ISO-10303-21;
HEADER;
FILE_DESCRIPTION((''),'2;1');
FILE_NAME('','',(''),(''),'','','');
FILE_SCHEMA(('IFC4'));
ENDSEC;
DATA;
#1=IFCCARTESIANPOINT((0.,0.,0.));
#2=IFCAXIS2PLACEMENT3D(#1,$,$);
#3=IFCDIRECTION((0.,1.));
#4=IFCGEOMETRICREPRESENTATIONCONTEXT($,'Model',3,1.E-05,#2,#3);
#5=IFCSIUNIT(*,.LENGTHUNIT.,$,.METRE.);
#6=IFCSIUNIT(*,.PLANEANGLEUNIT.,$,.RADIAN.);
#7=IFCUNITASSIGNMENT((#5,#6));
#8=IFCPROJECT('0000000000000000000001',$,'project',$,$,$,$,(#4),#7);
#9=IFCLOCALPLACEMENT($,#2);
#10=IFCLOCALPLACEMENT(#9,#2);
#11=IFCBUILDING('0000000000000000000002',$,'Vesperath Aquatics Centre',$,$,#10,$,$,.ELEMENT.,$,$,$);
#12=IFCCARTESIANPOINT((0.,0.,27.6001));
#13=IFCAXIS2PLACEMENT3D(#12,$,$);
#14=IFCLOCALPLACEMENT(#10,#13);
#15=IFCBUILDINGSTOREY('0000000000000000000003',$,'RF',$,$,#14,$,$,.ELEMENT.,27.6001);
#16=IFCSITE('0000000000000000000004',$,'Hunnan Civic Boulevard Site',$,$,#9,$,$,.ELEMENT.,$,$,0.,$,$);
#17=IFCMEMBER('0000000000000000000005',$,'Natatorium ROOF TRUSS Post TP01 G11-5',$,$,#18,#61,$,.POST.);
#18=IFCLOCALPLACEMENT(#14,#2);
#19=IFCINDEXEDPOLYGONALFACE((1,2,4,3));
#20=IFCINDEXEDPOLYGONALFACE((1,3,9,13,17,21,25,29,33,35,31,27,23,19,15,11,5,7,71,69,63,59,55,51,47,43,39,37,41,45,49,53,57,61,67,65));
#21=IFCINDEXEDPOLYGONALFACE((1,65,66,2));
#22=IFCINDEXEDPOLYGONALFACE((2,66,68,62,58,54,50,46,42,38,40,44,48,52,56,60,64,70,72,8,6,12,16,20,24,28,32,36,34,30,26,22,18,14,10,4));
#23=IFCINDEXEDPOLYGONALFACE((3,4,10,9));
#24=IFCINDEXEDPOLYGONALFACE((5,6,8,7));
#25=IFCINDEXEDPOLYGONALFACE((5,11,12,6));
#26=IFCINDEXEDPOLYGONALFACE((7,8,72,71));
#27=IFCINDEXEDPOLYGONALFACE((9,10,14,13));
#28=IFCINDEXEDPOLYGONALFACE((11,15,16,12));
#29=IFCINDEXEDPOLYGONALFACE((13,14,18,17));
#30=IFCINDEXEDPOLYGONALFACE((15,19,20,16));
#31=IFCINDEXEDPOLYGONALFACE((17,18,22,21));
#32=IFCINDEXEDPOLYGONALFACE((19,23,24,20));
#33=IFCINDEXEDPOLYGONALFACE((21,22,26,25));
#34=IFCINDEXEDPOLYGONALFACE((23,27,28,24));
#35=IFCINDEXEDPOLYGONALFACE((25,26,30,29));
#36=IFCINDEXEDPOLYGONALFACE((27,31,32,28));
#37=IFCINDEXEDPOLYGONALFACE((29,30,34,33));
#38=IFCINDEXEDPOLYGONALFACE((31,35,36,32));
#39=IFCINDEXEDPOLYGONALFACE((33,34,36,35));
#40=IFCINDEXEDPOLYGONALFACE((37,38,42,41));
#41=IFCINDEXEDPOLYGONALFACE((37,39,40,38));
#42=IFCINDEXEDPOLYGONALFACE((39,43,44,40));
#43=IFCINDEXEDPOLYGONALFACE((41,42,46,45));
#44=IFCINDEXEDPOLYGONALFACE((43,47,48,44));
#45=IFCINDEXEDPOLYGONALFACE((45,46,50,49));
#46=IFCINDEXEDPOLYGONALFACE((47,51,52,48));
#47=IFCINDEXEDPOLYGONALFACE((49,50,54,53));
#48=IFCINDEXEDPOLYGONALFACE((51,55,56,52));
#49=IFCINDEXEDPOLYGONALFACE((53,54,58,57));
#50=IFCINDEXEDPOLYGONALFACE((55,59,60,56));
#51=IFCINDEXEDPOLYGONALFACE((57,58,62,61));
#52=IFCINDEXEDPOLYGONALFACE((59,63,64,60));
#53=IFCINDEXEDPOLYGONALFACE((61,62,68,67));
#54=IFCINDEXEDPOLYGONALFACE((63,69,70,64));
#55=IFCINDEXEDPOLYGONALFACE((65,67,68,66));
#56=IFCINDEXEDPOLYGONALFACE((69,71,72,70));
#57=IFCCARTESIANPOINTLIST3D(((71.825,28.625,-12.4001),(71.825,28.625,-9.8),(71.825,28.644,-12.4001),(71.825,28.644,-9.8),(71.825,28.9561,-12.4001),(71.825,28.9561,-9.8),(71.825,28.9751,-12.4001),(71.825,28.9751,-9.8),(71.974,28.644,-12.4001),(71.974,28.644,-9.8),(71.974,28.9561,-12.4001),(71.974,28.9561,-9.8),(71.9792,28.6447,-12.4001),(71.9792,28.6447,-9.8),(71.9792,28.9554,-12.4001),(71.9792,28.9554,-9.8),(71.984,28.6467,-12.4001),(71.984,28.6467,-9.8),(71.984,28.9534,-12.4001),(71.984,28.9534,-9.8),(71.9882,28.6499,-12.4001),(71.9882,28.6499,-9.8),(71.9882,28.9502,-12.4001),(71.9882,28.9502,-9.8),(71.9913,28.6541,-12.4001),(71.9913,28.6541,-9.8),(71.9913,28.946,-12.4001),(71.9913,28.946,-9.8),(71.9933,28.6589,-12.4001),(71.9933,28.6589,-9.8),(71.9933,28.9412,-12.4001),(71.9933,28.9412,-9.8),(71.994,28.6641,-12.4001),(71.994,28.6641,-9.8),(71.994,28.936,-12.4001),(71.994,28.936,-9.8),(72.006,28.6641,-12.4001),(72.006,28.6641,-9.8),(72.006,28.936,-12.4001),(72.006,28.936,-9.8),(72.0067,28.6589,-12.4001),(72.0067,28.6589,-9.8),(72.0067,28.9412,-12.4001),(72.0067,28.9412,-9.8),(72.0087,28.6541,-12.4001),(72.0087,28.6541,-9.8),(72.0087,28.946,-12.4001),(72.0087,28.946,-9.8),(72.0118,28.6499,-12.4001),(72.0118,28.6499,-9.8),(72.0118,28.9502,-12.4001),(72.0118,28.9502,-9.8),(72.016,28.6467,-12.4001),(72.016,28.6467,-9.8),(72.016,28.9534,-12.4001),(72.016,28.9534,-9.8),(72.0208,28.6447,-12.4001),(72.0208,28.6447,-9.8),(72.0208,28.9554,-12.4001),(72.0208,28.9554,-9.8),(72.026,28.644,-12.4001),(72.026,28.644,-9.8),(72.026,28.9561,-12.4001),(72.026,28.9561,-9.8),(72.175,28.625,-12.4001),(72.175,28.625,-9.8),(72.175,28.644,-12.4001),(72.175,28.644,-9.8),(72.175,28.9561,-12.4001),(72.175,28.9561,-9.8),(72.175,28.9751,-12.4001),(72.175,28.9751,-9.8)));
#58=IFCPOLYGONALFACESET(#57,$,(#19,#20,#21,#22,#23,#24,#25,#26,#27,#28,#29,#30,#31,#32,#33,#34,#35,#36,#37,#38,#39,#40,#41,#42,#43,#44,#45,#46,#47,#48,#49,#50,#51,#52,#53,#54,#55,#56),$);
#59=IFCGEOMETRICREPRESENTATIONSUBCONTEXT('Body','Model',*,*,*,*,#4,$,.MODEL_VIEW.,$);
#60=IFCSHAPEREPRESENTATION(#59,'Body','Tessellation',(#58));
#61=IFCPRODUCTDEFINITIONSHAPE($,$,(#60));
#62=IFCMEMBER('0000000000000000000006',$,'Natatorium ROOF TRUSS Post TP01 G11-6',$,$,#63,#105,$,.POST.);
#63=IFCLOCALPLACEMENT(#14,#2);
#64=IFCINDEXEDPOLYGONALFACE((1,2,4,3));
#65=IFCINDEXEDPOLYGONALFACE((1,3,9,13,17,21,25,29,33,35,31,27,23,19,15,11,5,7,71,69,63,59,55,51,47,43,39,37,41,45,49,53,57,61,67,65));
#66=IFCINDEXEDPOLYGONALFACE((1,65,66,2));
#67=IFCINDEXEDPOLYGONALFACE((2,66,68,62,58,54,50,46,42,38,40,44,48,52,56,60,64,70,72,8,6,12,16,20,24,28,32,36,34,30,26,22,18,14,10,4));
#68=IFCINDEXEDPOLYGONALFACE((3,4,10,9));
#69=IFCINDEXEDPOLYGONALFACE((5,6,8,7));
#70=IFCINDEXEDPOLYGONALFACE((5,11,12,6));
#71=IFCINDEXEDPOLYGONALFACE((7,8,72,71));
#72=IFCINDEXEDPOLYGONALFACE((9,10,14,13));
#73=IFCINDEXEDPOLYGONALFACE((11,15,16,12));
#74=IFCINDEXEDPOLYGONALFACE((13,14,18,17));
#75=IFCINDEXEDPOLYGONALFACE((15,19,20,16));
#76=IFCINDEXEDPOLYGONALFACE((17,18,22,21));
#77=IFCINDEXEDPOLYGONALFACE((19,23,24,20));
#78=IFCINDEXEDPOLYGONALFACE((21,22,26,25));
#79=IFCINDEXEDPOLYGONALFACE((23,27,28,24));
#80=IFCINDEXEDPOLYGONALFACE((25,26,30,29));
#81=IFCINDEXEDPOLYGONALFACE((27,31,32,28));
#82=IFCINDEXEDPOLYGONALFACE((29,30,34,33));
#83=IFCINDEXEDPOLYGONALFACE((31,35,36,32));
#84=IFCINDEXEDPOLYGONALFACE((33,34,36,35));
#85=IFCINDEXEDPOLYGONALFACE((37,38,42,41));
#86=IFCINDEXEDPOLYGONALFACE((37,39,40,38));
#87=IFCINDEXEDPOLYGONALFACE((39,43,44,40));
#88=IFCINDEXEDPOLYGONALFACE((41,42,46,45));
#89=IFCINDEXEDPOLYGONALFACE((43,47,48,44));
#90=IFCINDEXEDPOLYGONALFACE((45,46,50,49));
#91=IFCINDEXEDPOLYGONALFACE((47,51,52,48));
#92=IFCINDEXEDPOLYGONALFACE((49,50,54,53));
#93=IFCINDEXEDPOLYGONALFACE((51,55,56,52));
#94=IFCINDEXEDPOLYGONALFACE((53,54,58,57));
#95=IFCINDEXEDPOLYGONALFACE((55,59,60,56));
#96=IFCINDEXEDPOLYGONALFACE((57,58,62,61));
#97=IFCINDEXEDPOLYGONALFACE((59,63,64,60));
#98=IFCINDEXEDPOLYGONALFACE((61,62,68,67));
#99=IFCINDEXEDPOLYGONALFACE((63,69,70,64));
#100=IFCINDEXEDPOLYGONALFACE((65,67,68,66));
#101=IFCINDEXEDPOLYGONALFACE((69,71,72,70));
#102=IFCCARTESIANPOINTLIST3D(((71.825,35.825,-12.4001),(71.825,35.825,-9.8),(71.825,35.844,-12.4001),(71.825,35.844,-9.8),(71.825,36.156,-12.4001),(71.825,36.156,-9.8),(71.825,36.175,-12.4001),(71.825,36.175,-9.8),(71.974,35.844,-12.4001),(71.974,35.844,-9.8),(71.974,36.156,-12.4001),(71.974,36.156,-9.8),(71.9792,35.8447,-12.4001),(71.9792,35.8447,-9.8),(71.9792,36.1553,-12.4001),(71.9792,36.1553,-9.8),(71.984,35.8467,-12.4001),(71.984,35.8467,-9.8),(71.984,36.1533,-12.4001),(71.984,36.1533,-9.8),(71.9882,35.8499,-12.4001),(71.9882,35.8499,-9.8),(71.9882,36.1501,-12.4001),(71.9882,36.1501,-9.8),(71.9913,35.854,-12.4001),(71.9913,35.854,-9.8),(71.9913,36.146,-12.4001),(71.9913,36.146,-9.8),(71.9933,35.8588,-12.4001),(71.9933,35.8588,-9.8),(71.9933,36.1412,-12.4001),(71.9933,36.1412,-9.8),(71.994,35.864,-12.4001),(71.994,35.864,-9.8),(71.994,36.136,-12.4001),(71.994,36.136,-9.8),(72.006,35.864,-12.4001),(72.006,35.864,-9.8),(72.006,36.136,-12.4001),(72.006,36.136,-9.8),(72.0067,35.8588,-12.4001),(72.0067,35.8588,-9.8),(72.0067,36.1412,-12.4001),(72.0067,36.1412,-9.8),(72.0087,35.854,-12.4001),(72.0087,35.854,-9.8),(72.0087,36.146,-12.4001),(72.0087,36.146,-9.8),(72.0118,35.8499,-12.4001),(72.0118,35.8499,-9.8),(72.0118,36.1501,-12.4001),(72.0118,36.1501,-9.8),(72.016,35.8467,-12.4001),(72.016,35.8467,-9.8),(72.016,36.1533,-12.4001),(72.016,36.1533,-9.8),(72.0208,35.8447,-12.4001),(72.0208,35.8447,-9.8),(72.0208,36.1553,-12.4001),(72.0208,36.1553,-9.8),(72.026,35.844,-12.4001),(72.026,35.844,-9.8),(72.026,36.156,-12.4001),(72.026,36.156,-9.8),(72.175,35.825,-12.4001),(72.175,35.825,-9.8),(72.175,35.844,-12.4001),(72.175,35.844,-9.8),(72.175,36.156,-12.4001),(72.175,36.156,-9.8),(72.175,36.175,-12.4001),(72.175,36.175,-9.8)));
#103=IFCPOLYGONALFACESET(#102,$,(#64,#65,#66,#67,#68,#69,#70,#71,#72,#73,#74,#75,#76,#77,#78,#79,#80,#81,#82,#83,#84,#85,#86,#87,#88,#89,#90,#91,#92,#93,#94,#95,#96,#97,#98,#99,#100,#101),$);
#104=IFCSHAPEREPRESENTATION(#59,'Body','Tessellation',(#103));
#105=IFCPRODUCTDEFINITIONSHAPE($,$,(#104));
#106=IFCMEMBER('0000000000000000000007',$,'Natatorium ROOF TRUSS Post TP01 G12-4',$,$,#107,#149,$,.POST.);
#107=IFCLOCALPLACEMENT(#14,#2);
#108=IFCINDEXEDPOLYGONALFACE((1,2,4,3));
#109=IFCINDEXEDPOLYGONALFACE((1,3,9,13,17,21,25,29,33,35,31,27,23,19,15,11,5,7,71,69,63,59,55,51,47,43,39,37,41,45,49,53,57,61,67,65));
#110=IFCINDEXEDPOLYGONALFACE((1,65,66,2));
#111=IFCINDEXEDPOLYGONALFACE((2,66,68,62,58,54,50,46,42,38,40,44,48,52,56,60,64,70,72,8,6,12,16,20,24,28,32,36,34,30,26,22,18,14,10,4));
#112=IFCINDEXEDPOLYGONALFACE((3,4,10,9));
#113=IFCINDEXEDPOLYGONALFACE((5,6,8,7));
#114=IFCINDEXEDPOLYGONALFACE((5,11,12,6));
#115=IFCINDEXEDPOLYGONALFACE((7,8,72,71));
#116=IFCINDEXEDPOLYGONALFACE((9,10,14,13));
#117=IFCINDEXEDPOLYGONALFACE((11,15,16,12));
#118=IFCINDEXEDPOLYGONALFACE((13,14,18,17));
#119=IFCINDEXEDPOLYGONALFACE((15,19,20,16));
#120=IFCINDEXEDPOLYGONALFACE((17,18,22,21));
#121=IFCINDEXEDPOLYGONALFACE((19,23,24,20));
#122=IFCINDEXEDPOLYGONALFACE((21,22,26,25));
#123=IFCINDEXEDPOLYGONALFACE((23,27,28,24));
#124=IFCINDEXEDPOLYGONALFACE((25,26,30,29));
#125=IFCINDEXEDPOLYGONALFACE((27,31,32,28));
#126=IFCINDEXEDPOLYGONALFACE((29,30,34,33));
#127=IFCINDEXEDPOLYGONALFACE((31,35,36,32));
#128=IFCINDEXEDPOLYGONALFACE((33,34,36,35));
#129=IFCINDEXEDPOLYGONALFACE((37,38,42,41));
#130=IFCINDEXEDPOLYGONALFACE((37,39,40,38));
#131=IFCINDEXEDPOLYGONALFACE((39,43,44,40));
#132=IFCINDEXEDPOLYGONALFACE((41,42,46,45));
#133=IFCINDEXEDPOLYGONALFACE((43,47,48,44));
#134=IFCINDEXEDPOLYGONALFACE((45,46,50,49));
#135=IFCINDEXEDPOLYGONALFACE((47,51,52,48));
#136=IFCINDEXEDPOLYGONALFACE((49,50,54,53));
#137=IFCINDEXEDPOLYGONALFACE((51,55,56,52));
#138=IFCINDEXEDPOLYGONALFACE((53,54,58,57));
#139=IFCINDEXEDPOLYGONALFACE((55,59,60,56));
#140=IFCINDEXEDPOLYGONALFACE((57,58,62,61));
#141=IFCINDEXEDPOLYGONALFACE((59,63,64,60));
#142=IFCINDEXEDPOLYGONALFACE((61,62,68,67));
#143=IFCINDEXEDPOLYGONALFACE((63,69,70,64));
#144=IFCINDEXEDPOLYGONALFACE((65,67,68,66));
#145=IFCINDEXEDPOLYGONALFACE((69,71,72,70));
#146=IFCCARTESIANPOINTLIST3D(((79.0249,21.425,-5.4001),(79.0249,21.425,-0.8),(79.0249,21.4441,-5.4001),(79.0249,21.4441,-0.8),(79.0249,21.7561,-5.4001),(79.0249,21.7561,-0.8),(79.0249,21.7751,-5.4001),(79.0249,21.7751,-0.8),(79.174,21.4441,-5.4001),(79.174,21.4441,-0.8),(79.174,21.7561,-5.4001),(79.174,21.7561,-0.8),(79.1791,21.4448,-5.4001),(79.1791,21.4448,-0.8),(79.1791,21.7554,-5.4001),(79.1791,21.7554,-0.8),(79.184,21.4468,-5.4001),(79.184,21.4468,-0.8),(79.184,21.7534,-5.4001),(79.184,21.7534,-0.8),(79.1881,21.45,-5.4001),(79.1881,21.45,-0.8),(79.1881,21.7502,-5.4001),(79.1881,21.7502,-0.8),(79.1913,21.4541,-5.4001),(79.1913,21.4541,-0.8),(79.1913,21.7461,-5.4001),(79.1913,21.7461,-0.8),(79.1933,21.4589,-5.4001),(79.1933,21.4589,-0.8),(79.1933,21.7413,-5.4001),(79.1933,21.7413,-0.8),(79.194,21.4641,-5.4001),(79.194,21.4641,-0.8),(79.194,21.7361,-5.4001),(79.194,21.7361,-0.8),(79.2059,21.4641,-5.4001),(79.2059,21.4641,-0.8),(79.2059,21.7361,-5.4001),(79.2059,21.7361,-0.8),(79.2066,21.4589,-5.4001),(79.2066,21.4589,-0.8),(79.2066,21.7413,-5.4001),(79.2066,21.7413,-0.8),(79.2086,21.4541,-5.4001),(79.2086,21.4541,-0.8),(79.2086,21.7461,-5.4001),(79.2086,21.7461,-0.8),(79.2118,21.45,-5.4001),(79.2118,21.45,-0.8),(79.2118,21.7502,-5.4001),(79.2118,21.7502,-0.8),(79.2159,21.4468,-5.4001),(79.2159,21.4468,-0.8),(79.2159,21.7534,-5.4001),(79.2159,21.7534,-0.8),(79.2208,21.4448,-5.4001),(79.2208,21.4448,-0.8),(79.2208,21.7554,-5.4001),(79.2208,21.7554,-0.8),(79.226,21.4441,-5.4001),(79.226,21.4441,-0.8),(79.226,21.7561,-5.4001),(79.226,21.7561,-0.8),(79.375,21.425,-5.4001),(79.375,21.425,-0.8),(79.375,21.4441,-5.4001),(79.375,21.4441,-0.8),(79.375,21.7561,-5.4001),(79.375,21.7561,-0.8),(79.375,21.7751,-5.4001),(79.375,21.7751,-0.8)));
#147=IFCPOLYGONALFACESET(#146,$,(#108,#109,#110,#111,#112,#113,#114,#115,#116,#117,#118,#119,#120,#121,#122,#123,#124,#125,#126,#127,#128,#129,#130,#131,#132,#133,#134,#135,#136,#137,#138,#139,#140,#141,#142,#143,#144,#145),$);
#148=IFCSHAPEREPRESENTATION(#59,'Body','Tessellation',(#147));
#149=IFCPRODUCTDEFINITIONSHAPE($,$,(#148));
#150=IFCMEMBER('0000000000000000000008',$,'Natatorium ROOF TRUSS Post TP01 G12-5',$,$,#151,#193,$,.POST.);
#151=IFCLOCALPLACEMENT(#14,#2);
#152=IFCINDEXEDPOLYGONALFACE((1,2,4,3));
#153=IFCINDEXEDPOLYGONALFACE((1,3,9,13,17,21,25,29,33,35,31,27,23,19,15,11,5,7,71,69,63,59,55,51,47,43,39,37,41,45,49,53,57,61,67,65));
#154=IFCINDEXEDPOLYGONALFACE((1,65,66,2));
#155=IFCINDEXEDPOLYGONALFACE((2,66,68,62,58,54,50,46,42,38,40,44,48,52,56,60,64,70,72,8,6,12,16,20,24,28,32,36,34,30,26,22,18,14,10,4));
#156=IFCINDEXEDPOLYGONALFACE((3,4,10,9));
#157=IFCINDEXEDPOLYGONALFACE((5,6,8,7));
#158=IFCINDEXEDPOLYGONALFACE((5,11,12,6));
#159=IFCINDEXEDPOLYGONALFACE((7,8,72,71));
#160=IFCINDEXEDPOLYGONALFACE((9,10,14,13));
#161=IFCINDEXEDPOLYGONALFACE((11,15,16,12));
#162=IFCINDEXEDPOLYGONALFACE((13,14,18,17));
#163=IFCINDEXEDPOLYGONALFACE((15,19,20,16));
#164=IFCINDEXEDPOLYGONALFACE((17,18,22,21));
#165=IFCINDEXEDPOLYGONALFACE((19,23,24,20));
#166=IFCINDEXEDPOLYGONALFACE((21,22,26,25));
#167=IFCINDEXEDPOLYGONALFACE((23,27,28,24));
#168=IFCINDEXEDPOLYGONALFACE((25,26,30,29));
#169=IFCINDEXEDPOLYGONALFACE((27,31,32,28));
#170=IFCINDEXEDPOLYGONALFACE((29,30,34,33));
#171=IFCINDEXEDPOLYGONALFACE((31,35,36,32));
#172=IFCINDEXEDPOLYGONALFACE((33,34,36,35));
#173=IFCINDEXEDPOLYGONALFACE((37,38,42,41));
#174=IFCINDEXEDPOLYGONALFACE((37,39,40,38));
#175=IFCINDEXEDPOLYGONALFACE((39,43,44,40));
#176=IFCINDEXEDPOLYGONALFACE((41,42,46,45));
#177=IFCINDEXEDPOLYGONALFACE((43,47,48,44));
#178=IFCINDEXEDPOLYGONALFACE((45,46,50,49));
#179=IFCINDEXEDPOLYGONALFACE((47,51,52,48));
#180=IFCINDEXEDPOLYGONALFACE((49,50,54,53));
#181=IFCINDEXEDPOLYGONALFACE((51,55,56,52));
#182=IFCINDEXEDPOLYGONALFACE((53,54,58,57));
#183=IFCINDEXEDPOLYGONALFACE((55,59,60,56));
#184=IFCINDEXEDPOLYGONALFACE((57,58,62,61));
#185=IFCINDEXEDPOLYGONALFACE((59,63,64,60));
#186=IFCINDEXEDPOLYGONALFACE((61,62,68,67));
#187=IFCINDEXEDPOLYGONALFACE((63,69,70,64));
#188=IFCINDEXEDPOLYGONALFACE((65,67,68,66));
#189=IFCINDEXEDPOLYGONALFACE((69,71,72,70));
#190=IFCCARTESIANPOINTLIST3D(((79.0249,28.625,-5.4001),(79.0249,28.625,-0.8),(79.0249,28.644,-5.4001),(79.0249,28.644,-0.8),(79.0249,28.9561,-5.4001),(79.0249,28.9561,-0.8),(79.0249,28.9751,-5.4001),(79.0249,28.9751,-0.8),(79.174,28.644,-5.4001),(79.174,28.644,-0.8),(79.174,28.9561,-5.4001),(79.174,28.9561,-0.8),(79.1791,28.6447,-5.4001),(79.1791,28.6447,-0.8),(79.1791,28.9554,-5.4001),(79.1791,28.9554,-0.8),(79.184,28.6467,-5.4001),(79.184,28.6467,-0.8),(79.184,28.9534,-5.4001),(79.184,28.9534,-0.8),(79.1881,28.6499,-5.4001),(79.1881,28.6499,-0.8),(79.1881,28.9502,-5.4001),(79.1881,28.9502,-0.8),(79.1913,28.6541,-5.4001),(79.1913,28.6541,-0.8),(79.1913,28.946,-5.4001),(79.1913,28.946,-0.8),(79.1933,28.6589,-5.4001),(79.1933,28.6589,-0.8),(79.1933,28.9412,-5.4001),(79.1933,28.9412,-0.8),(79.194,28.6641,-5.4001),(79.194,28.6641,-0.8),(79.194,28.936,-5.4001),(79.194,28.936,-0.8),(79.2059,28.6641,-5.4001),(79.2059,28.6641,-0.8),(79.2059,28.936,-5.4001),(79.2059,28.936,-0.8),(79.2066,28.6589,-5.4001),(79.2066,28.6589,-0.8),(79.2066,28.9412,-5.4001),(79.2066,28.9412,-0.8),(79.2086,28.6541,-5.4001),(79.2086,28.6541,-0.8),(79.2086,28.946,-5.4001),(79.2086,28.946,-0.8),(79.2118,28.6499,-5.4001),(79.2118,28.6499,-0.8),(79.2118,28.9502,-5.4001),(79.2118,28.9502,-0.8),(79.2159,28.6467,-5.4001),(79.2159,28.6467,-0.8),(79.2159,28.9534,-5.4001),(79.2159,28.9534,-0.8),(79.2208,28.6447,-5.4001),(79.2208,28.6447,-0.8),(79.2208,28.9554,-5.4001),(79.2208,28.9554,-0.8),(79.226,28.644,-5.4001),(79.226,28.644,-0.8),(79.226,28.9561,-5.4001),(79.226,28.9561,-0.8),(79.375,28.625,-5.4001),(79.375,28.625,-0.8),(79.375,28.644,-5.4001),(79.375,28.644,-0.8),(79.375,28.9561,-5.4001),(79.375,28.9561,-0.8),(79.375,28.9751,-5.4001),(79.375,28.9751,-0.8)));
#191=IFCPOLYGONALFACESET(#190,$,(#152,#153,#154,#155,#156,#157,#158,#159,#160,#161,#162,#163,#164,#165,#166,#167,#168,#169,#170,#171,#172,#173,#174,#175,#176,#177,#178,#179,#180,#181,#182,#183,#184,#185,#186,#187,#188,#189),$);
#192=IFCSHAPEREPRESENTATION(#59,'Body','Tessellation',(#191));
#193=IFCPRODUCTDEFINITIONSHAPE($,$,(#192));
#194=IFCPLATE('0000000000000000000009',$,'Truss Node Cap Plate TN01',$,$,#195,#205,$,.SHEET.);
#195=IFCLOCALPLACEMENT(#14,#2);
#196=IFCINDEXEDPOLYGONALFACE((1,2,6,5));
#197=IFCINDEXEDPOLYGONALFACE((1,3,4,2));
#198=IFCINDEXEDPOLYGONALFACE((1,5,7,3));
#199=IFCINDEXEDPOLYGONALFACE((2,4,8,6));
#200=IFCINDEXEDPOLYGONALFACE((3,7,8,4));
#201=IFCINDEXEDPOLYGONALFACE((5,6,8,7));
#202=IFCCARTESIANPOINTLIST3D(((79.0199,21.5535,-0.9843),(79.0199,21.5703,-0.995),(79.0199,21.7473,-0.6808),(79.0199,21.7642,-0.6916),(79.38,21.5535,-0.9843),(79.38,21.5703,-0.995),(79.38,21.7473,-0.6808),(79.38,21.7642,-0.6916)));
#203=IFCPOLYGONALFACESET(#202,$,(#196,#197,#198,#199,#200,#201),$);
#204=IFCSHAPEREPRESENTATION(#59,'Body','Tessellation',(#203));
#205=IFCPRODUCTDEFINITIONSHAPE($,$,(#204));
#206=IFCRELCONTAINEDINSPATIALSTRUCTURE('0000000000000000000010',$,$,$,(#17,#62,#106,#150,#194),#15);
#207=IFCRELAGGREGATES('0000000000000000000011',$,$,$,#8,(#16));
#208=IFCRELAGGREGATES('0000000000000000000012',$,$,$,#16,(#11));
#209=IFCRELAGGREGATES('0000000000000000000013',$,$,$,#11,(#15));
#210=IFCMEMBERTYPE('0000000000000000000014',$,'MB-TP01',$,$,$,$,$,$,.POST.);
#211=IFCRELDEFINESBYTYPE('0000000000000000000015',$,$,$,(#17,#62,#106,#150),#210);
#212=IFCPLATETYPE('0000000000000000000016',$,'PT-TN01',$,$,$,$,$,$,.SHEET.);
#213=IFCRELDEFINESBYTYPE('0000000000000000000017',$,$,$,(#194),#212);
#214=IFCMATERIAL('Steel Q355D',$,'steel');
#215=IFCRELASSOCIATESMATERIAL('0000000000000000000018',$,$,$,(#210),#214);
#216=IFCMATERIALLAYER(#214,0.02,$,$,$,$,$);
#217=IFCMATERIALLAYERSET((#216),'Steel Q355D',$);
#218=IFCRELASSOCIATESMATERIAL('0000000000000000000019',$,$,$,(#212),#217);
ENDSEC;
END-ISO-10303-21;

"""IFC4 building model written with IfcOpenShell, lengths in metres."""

from ifc_helpers import new_model, si_unit, direction, frame, origin, origin_2d, place, context, subcontext, project, spatial, rectangle, i_section, extrude, material, layer, layer_set, material_profile, profile_set, type_object, element, save


model = new_model("IFC4")

# Units and contexts
model_context = context("Model", 3, precision=1e-05, world=origin(), true_north=direction((0.0, 1.0)))
body_context = subcontext(model_context, "Body", "Model", "MODEL_VIEW")
ifc_project = project(units=[si_unit("LENGTHUNIT", "METRE"), si_unit("PLANEANGLEUNIT", "RADIAN")], contexts=[model_context])

# Site, building, storey
site_placement = place(None, origin())
site = spatial("IfcSite", under=ifc_project, at=site_placement, Name="Hunnan Civic Boulevard Site", CompositionType="ELEMENT", RefElevation=0.0)
building_placement = place(site_placement, origin())
building = spatial("IfcBuilding", under=site, at=building_placement, Name="Vesperath Aquatics Centre", CompositionType="ELEMENT")
storey_placement = place(building_placement, frame((0.0, 0.0, 27.6001)))
storey = spatial("IfcBuildingStorey", under=building, at=storey_placement, Name="RF", CompositionType="ELEMENT", Elevation=27.6001)

# Members
ifc_material_1 = material(Name="Steel Q355D", Category="steel")
ifc_material_profile_1 = material_profile(ifc_material_1, i_section(OverallWidth=0.3501, OverallDepth=0.3501, WebThickness=0.012, FlangeThickness=0.019, FilletRadius=0.02, at=origin_2d()), Name="HW 350x350x12x19")
ifc_profile_set_1 = profile_set([ifc_material_profile_1], Name="Steel Q355D")
member_type_1 = type_object("IfcMemberType", Name="MB-TP01", PredefinedType="POST", material=ifc_profile_set_1)
for number, where, z_axis, x_axis, name in (
    (1, (72.0, 28.8, -12.4001), (0.0, 0.0, 1.0), (1.0, 0.0, 0.0), "Natatorium ROOF TRUSS Post TP01 G11-5"),
    (2, (72.0, 36.0, -12.4001), (0.0, 0.0, 1.0), (1.0, 0.0, 0.0), "Natatorium ROOF TRUSS Post TP01 G11-6"),
):
    element("IfcMember", number, at=place(storey_placement, frame(where, z_axis=z_axis, x_axis=x_axis)), inside=storey, type_object=member_type_1, Name=name, PredefinedType="POST", context=body_context, shape_type="SweptSolid", body=[
        extrude(i_section(OverallWidth=0.3501, OverallDepth=0.3501, WebThickness=0.012, FlangeThickness=0.019, FilletRadius=0.02, at=origin_2d()), origin(), (0.0, 0.0, 1.0), 2.6001),
    ])
for number, where, z_axis, x_axis, name in (
    (3, (79.2, 21.6001, -5.4001), (0.0, 0.0, 1.0), (1.0, 0.0, 0.0), "Natatorium ROOF TRUSS Post TP01 G12-4"),
    (4, (79.2, 28.8, -5.4001), (0.0, 0.0, 1.0), (1.0, 0.0, 0.0), "Natatorium ROOF TRUSS Post TP01 G12-5"),
):
    element("IfcMember", number, at=place(storey_placement, frame(where, z_axis=z_axis, x_axis=x_axis)), inside=storey, type_object=member_type_1, Name=name, PredefinedType="POST", context=body_context, shape_type="SweptSolid", body=[
        extrude(i_section(OverallWidth=0.3501, OverallDepth=0.3501, WebThickness=0.012, FlangeThickness=0.019, FilletRadius=0.02, at=origin_2d()), origin(), (0.0, 0.0, 1.0), 4.6001),
    ])

# Plate
ifc_layer_1 = layer(ifc_material_1, 0.02)
ifc_layer_set_1 = layer_set([ifc_layer_1], Name="Steel Q355D")
plate_type_1 = type_object("IfcPlateType", Name="PT-TN01", PredefinedType="SHEET", material=ifc_layer_set_1)
for number, where, z_axis, x_axis, name in (
    (5, (79.2, 21.6504, -0.8325), (0.0, 0.842696, -0.538389), (-1.0, 0.0, 0.0), "Truss Node Cap Plate TN01"),
):
    element("IfcPlate", number, at=place(storey_placement, frame(where, z_axis=z_axis, x_axis=x_axis)), inside=storey, type_object=plate_type_1, Name=name, PredefinedType="SHEET", context=body_context, shape_type="SweptSolid", body=[
        extrude(rectangle(XDim=0.3601, YDim=0.3601, at=origin_2d()), origin(), (0.0, 0.0, 1.0), 0.02),
    ])

save(model, "model.ifc")
